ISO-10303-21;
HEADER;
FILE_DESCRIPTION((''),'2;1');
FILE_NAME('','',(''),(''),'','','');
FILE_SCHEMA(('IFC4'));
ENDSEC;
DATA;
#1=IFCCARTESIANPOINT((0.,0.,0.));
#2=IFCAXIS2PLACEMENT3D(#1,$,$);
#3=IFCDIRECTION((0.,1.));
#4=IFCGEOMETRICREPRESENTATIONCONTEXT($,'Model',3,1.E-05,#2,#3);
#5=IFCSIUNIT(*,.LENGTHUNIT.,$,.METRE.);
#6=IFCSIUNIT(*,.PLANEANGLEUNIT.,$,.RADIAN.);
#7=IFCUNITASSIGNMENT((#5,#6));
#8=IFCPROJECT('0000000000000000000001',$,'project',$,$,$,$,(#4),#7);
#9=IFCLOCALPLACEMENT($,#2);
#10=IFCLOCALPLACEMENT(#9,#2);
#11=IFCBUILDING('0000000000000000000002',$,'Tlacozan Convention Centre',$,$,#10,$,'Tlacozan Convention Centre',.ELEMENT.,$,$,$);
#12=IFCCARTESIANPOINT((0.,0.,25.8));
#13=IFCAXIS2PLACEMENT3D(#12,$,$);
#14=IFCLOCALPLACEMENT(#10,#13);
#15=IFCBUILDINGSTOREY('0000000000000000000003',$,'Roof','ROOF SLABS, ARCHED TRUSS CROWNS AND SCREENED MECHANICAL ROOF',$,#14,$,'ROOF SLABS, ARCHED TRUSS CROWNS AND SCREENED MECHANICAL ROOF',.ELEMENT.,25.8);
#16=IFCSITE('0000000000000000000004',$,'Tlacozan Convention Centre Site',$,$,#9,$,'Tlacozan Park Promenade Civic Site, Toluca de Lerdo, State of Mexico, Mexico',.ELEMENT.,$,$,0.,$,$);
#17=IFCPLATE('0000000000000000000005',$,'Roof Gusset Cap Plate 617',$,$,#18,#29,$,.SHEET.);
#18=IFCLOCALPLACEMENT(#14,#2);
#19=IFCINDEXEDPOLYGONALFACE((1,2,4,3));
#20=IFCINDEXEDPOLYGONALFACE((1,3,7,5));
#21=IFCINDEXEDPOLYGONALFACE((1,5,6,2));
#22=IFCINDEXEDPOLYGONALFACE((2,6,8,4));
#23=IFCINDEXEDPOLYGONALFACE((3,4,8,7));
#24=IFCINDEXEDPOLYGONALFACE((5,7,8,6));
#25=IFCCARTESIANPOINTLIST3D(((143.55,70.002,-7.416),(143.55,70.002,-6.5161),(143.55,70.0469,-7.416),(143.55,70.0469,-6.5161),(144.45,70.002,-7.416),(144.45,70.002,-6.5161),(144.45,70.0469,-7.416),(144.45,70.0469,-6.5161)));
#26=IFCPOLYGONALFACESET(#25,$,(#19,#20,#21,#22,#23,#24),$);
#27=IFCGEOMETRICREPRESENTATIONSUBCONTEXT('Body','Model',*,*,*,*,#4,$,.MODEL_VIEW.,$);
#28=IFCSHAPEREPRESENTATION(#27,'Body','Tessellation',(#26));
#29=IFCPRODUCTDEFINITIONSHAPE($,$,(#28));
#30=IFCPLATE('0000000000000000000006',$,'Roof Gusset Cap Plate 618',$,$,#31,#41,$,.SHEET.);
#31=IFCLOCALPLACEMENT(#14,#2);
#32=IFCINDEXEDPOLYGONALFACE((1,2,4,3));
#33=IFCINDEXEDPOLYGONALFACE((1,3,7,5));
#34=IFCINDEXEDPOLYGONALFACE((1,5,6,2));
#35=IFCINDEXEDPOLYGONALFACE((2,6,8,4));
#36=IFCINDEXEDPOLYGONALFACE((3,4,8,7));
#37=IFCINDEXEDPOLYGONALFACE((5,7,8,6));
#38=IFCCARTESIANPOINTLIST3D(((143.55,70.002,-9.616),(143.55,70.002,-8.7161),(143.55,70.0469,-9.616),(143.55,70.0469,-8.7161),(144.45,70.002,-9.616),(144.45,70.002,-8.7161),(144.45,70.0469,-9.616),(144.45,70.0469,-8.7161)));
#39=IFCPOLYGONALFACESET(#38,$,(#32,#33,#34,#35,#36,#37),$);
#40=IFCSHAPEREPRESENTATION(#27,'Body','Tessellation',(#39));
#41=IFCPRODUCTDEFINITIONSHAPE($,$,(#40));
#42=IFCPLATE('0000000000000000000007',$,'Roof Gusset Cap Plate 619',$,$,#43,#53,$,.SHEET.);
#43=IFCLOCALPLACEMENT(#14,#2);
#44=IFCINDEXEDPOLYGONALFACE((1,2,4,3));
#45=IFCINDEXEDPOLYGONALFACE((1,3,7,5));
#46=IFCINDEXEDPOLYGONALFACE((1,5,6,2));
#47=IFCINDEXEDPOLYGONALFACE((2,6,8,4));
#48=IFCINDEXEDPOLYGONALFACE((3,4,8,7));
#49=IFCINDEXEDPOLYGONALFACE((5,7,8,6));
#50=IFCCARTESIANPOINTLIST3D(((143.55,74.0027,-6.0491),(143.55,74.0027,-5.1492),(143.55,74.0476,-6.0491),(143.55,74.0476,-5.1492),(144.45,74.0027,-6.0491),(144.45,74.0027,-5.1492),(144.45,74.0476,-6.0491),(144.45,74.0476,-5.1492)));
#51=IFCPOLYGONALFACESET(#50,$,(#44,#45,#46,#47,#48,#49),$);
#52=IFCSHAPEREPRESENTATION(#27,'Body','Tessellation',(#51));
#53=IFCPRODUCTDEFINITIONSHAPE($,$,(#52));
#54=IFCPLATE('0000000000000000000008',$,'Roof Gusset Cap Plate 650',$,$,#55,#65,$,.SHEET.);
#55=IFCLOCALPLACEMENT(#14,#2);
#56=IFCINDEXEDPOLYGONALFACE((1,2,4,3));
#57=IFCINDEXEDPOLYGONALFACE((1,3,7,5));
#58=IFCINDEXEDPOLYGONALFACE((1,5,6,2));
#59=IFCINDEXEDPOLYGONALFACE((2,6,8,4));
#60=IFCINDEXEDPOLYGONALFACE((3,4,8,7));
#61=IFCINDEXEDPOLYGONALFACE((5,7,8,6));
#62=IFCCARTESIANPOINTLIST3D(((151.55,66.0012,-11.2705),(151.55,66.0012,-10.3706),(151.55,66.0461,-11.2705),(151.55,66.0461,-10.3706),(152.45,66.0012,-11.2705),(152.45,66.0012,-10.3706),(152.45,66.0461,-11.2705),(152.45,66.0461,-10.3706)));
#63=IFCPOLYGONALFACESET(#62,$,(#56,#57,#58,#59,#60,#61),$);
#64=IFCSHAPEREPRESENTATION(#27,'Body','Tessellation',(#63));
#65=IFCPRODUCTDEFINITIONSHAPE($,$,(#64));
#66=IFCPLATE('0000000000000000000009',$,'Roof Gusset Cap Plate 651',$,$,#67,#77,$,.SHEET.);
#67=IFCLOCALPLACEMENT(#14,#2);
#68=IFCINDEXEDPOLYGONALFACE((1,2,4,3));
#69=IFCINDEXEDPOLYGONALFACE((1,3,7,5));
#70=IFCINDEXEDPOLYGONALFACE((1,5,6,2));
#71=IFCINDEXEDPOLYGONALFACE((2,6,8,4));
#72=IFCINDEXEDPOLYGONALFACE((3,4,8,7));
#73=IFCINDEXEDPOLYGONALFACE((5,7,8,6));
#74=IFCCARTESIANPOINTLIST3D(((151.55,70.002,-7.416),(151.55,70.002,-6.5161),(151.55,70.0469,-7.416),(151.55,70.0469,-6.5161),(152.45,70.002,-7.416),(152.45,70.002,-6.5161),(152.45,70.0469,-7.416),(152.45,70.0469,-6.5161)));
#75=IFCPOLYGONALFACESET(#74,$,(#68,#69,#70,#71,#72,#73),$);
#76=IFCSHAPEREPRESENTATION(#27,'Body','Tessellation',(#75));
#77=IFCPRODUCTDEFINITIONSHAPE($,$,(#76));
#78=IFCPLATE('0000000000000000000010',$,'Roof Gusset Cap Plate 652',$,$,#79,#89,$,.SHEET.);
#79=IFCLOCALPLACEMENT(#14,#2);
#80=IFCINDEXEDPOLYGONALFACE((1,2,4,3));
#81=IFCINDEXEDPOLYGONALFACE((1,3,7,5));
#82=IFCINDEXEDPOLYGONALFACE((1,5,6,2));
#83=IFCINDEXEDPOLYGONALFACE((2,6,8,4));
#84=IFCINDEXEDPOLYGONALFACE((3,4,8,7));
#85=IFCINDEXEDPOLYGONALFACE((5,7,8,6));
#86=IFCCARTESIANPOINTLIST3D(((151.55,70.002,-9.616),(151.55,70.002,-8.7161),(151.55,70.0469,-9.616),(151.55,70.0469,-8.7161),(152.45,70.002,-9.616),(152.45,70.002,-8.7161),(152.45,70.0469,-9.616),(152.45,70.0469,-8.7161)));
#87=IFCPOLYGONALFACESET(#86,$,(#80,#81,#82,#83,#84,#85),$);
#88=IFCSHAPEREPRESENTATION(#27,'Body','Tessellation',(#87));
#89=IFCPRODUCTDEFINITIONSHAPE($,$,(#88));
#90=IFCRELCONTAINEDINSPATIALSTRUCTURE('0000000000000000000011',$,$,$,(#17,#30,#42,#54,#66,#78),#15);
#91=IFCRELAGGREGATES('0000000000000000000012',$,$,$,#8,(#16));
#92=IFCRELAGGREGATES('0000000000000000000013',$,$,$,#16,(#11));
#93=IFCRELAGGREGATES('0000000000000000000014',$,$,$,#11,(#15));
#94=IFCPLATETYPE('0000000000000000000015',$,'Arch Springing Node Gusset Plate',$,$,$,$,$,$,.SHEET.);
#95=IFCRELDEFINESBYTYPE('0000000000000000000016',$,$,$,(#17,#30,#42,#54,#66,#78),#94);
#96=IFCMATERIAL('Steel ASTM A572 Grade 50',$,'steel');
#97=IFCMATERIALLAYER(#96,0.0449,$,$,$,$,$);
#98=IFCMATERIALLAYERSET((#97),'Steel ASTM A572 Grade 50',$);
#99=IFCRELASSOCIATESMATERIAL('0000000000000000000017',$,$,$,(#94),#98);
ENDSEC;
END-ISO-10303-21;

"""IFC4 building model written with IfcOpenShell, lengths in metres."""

from ifc_helpers import new_model, si_unit, direction, frame, origin, origin_2d, place, context, subcontext, project, spatial, rectangle, extrude, material, layer, layer_set, type_object, element, save


model = new_model("IFC4")

# Units and contexts
model_context = context("Model", 3, precision=1e-05, world=origin(), true_north=direction((0.0, 1.0)))
body_context = subcontext(model_context, "Body", "Model", "MODEL_VIEW")
ifc_project = project(units=[si_unit("LENGTHUNIT", "METRE"), si_unit("PLANEANGLEUNIT", "RADIAN")], contexts=[model_context])

# Site, building, storey
site_placement = place(None, origin())
site = spatial("IfcSite", under=ifc_project, at=site_placement, Name="Tlacozan Convention Centre Site", LongName="Tlacozan Park Promenade Civic Site, Toluca de Lerdo, State of Mexico, Mexico", CompositionType="ELEMENT", RefElevation=0.0)
building_placement = place(site_placement, origin())
building = spatial("IfcBuilding", under=site, at=building_placement, Name="Tlacozan Convention Centre", LongName="Tlacozan Convention Centre", CompositionType="ELEMENT")
storey_placement = place(building_placement, frame((0.0, 0.0, 25.8)))
storey = spatial("IfcBuildingStorey", under=building, at=storey_placement, Name="Roof", Description="ROOF SLABS, ARCHED TRUSS CROWNS AND SCREENED MECHANICAL ROOF", LongName="ROOF SLABS, ARCHED TRUSS CROWNS AND SCREENED MECHANICAL ROOF", CompositionType="ELEMENT", Elevation=25.8)

# Plates
ifc_material_1 = material(Name="Steel ASTM A572 Grade 50", Category="steel")
ifc_layer = layer(ifc_material_1, 0.0449)
ifc_layer_set = layer_set([ifc_layer], Name="Steel ASTM A572 Grade 50")
plate_type = type_object("IfcPlateType", Name="Arch Springing Node Gusset Plate", PredefinedType="SHEET", material=ifc_layer_set)
for number, where, z_axis, x_axis, name in (
    (1, (144.0, 70.0244, -7.416), (0.0, 0.0, 1.0), (0.0, 1.0, 0.0), "Roof Gusset Cap Plate 617"),
    (2, (144.0, 70.0244, -9.616), (0.0, 0.0, 1.0), (0.0, 1.0, 0.0), "Roof Gusset Cap Plate 618"),
    (3, (144.0, 74.0251, -6.0491), (0.0, 0.0, 1.0), (0.0, 1.0, 0.0), "Roof Gusset Cap Plate 619"),
    (4, (152.0, 66.0237, -11.2705), (0.0, 0.0, 1.0), (0.0, 1.0, 0.0), "Roof Gusset Cap Plate 650"),
    (5, (152.0, 70.0244, -7.416), (0.0, 0.0, 1.0), (0.0, 1.0, 0.0), "Roof Gusset Cap Plate 651"),
    (6, (152.0, 70.0244, -9.616), (0.0, 0.0, 1.0), (0.0, 1.0, 0.0), "Roof Gusset Cap Plate 652"),
):
    element("IfcPlate", number, at=place(storey_placement, frame(where, z_axis=z_axis, x_axis=x_axis)), inside=storey, type_object=plate_type, Name=name, PredefinedType="SHEET", context=body_context, shape_type="SweptSolid", body=[
        extrude(rectangle(XDim=0.0449, YDim=0.8999, at=origin_2d()), origin(), (0.0, 0.0, 1.0), 0.8999),
    ])

save(model, "model.ifc")
